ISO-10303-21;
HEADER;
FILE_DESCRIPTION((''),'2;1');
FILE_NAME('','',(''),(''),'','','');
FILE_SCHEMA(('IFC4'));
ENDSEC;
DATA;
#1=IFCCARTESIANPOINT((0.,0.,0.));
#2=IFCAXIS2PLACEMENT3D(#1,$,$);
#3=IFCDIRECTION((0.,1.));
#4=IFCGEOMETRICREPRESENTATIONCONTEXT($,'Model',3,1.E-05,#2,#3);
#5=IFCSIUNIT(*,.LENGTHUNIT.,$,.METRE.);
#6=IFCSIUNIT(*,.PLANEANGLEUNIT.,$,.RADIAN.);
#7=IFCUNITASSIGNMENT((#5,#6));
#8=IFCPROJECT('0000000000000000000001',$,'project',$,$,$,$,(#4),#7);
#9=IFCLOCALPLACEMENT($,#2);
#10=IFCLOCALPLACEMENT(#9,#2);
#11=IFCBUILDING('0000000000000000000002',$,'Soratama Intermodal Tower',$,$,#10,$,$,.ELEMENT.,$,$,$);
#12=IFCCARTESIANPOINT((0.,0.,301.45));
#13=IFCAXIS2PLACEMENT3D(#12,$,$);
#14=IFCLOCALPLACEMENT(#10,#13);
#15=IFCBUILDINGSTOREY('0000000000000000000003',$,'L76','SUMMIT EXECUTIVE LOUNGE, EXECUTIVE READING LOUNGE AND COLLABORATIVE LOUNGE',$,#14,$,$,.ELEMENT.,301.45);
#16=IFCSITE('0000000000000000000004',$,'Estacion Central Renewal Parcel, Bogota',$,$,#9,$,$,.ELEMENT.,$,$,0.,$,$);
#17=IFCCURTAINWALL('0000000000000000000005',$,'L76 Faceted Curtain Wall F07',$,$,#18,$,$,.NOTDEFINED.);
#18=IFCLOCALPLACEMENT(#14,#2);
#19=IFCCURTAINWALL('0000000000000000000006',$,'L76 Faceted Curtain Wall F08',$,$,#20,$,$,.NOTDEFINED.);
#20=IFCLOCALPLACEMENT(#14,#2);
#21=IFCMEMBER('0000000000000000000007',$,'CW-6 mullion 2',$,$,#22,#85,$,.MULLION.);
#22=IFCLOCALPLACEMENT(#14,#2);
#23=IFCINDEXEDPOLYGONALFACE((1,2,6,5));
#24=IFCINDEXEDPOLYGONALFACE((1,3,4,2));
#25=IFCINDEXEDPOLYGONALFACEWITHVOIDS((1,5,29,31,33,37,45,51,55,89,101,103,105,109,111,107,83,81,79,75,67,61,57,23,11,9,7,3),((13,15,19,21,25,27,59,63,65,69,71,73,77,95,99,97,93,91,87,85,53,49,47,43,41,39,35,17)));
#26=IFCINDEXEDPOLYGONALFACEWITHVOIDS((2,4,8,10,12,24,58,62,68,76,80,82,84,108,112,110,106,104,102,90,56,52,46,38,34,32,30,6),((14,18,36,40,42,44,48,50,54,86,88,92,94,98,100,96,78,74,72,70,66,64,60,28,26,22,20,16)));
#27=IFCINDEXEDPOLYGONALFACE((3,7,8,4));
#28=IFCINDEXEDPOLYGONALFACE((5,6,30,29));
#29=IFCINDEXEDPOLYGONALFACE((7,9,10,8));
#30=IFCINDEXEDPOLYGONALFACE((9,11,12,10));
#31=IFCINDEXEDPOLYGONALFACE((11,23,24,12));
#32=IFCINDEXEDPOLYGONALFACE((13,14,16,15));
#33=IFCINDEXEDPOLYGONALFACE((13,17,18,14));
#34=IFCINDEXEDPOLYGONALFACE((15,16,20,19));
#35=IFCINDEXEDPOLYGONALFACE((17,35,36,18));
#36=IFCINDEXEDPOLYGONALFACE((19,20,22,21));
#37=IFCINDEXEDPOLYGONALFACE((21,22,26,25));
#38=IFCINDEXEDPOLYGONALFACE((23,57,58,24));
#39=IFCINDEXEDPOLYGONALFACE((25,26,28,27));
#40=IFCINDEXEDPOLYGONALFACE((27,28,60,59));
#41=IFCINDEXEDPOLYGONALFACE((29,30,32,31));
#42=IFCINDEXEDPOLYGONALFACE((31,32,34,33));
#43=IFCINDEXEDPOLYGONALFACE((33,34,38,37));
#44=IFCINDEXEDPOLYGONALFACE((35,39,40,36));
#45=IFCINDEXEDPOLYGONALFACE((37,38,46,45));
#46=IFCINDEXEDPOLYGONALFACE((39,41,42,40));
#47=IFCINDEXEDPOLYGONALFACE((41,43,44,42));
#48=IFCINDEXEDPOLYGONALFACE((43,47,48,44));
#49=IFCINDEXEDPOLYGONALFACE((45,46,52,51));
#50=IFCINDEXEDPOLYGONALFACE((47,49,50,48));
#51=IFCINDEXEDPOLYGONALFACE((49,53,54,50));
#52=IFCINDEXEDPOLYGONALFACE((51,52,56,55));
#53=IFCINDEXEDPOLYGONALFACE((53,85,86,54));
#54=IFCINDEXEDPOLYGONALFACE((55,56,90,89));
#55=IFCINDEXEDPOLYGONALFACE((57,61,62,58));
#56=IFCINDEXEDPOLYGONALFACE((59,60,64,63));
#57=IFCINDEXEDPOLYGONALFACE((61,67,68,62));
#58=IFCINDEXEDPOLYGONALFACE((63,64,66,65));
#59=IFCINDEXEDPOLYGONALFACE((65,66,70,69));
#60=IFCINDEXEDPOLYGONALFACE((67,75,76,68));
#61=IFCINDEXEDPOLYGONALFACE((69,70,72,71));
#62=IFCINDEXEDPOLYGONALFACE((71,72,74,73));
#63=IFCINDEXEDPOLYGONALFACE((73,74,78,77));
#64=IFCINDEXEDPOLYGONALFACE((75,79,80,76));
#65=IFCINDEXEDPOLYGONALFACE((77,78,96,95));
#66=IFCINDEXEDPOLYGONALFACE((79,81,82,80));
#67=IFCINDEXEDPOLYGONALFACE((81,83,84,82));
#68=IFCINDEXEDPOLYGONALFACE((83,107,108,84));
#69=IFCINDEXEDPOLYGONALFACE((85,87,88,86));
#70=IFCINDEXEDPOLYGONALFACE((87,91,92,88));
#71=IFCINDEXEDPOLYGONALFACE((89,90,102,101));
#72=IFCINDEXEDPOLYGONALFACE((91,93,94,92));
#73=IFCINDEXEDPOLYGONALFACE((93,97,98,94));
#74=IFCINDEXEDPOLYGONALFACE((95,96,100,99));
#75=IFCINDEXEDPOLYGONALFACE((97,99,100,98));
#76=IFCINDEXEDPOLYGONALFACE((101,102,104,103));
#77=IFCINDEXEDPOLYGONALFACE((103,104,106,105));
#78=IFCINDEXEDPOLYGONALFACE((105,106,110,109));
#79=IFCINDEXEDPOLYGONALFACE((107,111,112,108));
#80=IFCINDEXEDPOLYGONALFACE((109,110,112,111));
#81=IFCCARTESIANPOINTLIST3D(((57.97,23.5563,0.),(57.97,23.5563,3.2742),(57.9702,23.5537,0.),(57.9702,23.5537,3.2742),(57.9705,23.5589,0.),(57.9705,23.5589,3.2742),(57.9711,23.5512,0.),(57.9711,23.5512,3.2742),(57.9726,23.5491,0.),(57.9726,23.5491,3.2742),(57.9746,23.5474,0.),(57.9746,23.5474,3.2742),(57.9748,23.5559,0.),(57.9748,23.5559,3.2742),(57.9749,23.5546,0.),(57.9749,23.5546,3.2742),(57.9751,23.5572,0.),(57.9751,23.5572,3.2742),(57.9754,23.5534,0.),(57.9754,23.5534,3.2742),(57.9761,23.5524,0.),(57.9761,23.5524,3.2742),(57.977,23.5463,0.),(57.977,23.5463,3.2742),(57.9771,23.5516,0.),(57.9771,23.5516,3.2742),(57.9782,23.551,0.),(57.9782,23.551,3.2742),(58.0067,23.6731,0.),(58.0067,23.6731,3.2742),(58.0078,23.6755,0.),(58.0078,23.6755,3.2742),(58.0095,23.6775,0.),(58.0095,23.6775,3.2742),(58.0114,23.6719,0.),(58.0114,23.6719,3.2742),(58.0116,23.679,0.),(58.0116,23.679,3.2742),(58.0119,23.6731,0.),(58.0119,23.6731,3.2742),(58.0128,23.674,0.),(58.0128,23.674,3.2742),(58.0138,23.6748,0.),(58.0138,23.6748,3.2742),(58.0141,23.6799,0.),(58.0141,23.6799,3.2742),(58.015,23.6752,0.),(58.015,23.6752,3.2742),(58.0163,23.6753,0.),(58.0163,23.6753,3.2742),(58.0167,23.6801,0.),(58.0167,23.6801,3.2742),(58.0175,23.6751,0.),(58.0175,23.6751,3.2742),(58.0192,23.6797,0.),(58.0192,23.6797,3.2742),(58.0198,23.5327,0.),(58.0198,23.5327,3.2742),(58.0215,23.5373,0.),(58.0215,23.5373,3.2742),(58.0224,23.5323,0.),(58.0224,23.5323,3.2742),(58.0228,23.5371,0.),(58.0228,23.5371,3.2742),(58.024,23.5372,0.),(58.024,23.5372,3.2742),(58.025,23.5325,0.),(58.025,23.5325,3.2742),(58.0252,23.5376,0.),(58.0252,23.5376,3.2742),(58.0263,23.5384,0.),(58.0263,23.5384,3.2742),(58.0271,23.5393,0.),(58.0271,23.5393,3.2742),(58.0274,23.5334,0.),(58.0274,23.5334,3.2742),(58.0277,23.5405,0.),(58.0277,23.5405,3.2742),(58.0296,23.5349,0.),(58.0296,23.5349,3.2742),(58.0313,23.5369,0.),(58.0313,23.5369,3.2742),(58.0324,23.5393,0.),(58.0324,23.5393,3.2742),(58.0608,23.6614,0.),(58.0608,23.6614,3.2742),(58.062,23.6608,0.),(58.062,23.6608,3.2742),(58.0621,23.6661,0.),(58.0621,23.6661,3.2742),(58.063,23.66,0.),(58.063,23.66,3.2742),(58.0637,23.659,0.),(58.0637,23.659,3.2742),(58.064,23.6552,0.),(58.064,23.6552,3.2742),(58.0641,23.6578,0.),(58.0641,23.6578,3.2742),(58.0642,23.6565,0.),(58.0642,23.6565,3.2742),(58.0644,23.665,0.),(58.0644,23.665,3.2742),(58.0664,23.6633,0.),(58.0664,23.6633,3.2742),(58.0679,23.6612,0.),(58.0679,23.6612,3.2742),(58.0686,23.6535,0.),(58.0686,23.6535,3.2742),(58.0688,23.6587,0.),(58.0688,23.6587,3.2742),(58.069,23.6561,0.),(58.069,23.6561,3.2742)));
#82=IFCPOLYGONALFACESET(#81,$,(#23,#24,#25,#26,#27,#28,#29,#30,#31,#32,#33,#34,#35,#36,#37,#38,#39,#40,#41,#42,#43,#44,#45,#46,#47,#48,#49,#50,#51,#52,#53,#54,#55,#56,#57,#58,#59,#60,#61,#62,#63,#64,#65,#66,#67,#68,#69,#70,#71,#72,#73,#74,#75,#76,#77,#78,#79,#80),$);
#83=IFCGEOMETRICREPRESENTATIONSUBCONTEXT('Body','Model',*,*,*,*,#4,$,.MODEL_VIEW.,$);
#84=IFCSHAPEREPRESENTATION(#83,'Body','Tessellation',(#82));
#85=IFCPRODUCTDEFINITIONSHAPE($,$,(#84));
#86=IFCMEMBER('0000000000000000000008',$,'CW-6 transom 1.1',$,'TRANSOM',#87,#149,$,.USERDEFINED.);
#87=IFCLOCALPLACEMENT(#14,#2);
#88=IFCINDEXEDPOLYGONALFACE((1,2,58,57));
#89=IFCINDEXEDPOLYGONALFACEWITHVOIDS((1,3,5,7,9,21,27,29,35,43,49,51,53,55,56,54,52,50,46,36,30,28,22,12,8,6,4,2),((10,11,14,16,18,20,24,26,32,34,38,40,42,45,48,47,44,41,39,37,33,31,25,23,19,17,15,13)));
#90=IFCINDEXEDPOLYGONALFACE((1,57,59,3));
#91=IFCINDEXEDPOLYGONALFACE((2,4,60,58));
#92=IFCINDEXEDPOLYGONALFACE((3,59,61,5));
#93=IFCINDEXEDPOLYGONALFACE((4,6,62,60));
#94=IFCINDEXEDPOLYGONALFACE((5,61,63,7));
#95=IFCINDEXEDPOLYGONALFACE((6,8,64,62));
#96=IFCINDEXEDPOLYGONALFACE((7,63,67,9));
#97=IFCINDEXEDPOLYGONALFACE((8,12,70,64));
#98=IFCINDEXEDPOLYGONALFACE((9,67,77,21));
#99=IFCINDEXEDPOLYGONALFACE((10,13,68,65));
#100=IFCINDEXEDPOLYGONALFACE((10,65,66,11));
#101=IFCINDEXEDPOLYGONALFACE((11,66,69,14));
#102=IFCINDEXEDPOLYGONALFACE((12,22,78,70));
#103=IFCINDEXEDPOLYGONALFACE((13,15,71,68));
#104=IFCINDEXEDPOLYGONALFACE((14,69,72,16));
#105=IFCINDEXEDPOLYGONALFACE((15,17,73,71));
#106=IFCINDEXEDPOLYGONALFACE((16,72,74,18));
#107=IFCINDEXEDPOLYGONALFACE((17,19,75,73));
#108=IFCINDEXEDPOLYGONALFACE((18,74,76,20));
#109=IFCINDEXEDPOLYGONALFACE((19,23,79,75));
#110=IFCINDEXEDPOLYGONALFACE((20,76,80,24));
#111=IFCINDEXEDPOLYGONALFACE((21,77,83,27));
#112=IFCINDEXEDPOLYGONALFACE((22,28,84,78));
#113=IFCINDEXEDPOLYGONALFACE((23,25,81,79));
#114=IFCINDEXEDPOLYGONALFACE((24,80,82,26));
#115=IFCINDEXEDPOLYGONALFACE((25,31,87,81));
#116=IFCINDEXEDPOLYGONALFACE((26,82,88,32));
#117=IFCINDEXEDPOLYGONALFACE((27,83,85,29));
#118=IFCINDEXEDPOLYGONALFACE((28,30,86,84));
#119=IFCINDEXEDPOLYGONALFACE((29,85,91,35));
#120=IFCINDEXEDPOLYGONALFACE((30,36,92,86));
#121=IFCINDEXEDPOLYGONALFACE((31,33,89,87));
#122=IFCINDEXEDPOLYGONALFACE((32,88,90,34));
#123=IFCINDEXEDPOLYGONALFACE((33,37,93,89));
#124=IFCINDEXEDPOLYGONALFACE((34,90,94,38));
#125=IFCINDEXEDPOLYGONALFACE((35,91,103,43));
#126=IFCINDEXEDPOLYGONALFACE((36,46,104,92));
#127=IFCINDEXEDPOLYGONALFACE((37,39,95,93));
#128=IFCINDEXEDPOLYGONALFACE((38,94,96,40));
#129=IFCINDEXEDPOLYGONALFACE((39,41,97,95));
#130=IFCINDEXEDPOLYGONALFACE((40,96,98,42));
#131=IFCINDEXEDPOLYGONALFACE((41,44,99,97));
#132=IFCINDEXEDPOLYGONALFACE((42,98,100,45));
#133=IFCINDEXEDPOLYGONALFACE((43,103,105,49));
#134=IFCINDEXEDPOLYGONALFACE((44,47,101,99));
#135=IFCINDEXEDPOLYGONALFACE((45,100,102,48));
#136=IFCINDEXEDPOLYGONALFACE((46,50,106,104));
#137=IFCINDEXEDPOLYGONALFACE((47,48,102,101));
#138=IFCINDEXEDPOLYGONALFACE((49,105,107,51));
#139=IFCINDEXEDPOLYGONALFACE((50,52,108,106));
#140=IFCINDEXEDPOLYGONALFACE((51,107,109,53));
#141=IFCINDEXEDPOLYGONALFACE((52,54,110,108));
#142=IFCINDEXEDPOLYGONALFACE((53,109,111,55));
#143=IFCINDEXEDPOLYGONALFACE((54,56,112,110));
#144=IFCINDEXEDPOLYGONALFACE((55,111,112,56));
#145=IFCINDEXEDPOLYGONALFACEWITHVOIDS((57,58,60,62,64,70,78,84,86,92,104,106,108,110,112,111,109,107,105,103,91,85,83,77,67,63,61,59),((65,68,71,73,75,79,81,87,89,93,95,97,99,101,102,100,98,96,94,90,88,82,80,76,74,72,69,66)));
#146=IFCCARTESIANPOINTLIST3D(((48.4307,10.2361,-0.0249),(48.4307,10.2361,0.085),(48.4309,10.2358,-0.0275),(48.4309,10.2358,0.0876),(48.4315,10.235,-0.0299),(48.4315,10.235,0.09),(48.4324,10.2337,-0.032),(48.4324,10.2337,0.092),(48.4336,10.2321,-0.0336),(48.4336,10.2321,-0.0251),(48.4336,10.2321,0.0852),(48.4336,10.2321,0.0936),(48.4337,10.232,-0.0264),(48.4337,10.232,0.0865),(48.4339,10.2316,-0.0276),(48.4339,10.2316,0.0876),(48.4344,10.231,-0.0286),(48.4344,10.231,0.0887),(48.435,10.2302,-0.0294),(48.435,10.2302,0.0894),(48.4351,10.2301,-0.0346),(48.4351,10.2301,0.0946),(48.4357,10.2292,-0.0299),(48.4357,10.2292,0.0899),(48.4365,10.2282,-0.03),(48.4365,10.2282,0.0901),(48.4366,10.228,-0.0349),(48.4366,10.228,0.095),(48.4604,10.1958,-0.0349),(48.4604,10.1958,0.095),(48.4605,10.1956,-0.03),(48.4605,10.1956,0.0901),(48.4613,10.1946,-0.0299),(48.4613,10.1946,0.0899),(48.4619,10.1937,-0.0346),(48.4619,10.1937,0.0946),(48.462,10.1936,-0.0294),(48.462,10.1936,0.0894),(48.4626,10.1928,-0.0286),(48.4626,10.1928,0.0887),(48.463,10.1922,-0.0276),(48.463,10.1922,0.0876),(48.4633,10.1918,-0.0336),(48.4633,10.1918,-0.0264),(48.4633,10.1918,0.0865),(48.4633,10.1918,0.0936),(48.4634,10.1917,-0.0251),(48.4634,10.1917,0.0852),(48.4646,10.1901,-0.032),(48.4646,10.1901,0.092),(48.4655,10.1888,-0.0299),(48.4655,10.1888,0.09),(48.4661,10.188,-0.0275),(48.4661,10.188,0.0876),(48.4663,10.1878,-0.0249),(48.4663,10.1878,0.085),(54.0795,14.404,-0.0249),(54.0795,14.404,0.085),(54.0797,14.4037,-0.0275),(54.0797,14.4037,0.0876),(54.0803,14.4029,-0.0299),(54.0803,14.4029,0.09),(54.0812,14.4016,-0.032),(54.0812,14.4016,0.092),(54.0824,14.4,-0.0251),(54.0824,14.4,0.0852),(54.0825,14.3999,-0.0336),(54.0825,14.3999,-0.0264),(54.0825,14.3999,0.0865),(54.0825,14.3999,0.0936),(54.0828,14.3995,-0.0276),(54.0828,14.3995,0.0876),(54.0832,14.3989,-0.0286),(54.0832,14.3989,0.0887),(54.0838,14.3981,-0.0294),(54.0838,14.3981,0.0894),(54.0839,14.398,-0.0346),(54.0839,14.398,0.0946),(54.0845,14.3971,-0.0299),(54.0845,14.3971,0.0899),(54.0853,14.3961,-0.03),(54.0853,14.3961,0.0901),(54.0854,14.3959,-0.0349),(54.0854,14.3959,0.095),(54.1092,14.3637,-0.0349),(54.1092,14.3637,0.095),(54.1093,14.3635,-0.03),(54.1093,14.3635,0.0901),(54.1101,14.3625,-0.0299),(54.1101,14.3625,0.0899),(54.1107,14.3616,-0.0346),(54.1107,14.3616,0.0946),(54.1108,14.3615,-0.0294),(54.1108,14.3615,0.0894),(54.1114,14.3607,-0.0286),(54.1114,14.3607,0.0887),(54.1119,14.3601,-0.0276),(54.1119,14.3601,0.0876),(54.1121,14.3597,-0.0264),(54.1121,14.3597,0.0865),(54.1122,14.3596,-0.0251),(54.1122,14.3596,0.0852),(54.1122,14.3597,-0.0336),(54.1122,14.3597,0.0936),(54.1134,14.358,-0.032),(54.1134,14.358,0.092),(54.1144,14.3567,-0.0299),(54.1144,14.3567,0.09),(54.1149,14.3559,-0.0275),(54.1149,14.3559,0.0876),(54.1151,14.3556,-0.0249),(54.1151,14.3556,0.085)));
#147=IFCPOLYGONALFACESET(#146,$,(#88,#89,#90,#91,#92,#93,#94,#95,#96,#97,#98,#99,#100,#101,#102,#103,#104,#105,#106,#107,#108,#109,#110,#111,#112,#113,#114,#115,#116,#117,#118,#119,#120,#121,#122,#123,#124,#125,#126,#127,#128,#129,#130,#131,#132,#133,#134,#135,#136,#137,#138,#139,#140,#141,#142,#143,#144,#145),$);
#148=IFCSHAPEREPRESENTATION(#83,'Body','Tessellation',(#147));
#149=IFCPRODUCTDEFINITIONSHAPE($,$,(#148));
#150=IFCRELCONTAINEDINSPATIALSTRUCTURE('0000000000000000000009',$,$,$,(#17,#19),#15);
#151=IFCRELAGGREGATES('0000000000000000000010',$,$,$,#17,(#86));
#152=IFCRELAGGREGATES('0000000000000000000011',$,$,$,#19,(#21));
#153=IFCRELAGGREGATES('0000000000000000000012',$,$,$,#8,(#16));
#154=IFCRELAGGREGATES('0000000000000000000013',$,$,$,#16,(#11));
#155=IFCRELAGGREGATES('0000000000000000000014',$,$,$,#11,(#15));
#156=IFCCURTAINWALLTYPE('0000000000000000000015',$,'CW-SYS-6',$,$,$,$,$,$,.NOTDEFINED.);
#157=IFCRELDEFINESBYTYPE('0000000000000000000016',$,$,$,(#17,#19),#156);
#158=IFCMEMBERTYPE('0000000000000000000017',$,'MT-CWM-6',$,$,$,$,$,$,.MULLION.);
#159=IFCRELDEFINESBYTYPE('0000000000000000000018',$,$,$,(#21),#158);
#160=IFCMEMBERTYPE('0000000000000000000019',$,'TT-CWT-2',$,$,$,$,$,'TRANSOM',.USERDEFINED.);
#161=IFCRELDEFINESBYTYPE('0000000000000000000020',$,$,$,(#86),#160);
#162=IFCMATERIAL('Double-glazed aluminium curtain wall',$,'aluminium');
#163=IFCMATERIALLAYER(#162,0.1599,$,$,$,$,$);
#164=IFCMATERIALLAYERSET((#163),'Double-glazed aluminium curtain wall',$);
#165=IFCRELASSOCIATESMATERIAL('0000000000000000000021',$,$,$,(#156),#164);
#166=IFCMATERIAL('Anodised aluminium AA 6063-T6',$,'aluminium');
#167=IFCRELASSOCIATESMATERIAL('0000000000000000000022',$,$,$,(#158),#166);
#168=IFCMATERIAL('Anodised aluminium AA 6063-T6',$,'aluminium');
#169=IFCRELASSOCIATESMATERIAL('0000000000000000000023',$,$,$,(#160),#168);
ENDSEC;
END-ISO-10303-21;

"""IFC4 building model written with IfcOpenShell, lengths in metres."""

from ifc_helpers import new_model, si_unit, direction, frame, origin, origin_2d, place, context, subcontext, project, spatial, hollow_rectangle, extrude, material, layer, layer_set, material_profile, profile_set, type_object, element, aggregate, save


model = new_model("IFC4")

# Units and contexts
model_context = context("Model", 3, precision=1e-05, world=origin(), true_north=direction((0.0, 1.0)))
body_context = subcontext(model_context, "Body", "Model", "MODEL_VIEW")
ifc_project = project(units=[si_unit("LENGTHUNIT", "METRE"), si_unit("PLANEANGLEUNIT", "RADIAN")], contexts=[model_context])

# Site, building, storey
site_placement = place(None, origin())
site = spatial("IfcSite", under=ifc_project, at=site_placement, Name="Estacion Central Renewal Parcel, Bogota", CompositionType="ELEMENT", RefElevation=0.0)
building_placement = place(site_placement, origin())
building = spatial("IfcBuilding", under=site, at=building_placement, Name="Soratama Intermodal Tower", CompositionType="ELEMENT")
storey_placement = place(building_placement, frame((0.0, 0.0, 301.45)))
storey = spatial("IfcBuildingStorey", under=building, at=storey_placement, Name="L76", Description="SUMMIT EXECUTIVE LOUNGE, EXECUTIVE READING LOUNGE AND COLLABORATIVE LOUNGE", CompositionType="ELEMENT", Elevation=301.45)

# Curtain walls, member
ifc_material_1 = material(Name="Double-glazed aluminium curtain wall", Category="aluminium")
ifc_layer_1 = layer(ifc_material_1, 0.1599)
ifc_layer_set_1 = layer_set([ifc_layer_1], Name="Double-glazed aluminium curtain wall")
curtain_wall_type = type_object("IfcCurtainWallType", Name="CW-SYS-6", PredefinedType="NOTDEFINED", material=ifc_layer_set_1)
curtain_wall_1_placement = place(storey_placement, origin())
curtain_wall_1 = element("IfcCurtainWall", 1, at=curtain_wall_1_placement, inside=storey, type_object=curtain_wall_type, Name="L76 Faceted Curtain Wall F07", PredefinedType="NOTDEFINED")
ifc_material_2 = material(Name="Anodised aluminium AA 6063-T6", Category="aluminium")
ifc_material_profile_1 = material_profile(ifc_material_2, hollow_rectangle(XDim=0.0649, YDim=0.1399, WallThickness=0.0049, InnerFilletRadius=0.0049, OuterFilletRadius=0.01, at=origin_2d()), Name="CWM140X65X5")
ifc_profile_set_1 = profile_set([ifc_material_profile_1], Name="Anodised aluminium AA 6063-T6")
member_type_1 = type_object("IfcMemberType", Name="MT-CWM-6", PredefinedType="MULLION", material=ifc_profile_set_1)
curtain_wall_2_placement = place(storey_placement, origin())
curtain_wall_2 = element("IfcCurtainWall", 2, at=curtain_wall_2_placement, inside=storey, type_object=curtain_wall_type, Name="L76 Faceted Curtain Wall F08", PredefinedType="NOTDEFINED")
member_1_placement = place(storey_placement, frame((58.0195, 23.6062, 0.0), z_axis=(0.0, 0.0, 1.0), x_axis=(-0.953296, 0.302037, 0.0)))
member_1 = element("IfcMember", 3, at=member_1_placement, type_object=member_type_1, Name="CW-6 mullion 2", PredefinedType="MULLION", context=body_context, shape_type="SweptSolid", body=[
    extrude(hollow_rectangle(XDim=0.0649, YDim=0.1399, WallThickness=0.0049, InnerFilletRadius=0.0049, OuterFilletRadius=0.01, at=origin_2d()), origin(), (0.0, 0.0, 1.0), 3.2742),
])

# Member
ifc_material_3 = material(Name="Anodised aluminium AA 6063-T6", Category="aluminium")
ifc_material_profile_2 = material_profile(ifc_material_3, hollow_rectangle(XDim=0.0601, YDim=0.1299, WallThickness=0.0049, InnerFilletRadius=0.0049, OuterFilletRadius=0.01, at=origin_2d()), Name="CWT130X60X5")
ifc_profile_set_2 = profile_set([ifc_material_profile_2], Name="Anodised aluminium AA 6063-T6")
member_type_2 = type_object("IfcMemberType", Name="TT-CWT-2", ElementType="TRANSOM", PredefinedType="USERDEFINED", material=ifc_profile_set_2)
member_2_placement = place(storey_placement, frame((48.4485, 10.2119, 0.03), z_axis=(0.804675, 0.593716, 0.0), x_axis=(-0.593716, 0.804675, 0.0)))
member_2 = element("IfcMember", 4, at=member_2_placement, type_object=member_type_2, Name="CW-6 transom 1.1", ObjectType="TRANSOM", PredefinedType="USERDEFINED", context=body_context, shape_type="SweptSolid", body=[
    extrude(hollow_rectangle(XDim=0.0601, YDim=0.1299, WallThickness=0.0049, InnerFilletRadius=0.0049, OuterFilletRadius=0.01, at=origin_2d()), origin(), (0.0, 0.0, 1.0), 7.02),
])

aggregate(curtain_wall_1, [member_2])
aggregate(curtain_wall_2, [member_1])

save(model, "model.ifc")
